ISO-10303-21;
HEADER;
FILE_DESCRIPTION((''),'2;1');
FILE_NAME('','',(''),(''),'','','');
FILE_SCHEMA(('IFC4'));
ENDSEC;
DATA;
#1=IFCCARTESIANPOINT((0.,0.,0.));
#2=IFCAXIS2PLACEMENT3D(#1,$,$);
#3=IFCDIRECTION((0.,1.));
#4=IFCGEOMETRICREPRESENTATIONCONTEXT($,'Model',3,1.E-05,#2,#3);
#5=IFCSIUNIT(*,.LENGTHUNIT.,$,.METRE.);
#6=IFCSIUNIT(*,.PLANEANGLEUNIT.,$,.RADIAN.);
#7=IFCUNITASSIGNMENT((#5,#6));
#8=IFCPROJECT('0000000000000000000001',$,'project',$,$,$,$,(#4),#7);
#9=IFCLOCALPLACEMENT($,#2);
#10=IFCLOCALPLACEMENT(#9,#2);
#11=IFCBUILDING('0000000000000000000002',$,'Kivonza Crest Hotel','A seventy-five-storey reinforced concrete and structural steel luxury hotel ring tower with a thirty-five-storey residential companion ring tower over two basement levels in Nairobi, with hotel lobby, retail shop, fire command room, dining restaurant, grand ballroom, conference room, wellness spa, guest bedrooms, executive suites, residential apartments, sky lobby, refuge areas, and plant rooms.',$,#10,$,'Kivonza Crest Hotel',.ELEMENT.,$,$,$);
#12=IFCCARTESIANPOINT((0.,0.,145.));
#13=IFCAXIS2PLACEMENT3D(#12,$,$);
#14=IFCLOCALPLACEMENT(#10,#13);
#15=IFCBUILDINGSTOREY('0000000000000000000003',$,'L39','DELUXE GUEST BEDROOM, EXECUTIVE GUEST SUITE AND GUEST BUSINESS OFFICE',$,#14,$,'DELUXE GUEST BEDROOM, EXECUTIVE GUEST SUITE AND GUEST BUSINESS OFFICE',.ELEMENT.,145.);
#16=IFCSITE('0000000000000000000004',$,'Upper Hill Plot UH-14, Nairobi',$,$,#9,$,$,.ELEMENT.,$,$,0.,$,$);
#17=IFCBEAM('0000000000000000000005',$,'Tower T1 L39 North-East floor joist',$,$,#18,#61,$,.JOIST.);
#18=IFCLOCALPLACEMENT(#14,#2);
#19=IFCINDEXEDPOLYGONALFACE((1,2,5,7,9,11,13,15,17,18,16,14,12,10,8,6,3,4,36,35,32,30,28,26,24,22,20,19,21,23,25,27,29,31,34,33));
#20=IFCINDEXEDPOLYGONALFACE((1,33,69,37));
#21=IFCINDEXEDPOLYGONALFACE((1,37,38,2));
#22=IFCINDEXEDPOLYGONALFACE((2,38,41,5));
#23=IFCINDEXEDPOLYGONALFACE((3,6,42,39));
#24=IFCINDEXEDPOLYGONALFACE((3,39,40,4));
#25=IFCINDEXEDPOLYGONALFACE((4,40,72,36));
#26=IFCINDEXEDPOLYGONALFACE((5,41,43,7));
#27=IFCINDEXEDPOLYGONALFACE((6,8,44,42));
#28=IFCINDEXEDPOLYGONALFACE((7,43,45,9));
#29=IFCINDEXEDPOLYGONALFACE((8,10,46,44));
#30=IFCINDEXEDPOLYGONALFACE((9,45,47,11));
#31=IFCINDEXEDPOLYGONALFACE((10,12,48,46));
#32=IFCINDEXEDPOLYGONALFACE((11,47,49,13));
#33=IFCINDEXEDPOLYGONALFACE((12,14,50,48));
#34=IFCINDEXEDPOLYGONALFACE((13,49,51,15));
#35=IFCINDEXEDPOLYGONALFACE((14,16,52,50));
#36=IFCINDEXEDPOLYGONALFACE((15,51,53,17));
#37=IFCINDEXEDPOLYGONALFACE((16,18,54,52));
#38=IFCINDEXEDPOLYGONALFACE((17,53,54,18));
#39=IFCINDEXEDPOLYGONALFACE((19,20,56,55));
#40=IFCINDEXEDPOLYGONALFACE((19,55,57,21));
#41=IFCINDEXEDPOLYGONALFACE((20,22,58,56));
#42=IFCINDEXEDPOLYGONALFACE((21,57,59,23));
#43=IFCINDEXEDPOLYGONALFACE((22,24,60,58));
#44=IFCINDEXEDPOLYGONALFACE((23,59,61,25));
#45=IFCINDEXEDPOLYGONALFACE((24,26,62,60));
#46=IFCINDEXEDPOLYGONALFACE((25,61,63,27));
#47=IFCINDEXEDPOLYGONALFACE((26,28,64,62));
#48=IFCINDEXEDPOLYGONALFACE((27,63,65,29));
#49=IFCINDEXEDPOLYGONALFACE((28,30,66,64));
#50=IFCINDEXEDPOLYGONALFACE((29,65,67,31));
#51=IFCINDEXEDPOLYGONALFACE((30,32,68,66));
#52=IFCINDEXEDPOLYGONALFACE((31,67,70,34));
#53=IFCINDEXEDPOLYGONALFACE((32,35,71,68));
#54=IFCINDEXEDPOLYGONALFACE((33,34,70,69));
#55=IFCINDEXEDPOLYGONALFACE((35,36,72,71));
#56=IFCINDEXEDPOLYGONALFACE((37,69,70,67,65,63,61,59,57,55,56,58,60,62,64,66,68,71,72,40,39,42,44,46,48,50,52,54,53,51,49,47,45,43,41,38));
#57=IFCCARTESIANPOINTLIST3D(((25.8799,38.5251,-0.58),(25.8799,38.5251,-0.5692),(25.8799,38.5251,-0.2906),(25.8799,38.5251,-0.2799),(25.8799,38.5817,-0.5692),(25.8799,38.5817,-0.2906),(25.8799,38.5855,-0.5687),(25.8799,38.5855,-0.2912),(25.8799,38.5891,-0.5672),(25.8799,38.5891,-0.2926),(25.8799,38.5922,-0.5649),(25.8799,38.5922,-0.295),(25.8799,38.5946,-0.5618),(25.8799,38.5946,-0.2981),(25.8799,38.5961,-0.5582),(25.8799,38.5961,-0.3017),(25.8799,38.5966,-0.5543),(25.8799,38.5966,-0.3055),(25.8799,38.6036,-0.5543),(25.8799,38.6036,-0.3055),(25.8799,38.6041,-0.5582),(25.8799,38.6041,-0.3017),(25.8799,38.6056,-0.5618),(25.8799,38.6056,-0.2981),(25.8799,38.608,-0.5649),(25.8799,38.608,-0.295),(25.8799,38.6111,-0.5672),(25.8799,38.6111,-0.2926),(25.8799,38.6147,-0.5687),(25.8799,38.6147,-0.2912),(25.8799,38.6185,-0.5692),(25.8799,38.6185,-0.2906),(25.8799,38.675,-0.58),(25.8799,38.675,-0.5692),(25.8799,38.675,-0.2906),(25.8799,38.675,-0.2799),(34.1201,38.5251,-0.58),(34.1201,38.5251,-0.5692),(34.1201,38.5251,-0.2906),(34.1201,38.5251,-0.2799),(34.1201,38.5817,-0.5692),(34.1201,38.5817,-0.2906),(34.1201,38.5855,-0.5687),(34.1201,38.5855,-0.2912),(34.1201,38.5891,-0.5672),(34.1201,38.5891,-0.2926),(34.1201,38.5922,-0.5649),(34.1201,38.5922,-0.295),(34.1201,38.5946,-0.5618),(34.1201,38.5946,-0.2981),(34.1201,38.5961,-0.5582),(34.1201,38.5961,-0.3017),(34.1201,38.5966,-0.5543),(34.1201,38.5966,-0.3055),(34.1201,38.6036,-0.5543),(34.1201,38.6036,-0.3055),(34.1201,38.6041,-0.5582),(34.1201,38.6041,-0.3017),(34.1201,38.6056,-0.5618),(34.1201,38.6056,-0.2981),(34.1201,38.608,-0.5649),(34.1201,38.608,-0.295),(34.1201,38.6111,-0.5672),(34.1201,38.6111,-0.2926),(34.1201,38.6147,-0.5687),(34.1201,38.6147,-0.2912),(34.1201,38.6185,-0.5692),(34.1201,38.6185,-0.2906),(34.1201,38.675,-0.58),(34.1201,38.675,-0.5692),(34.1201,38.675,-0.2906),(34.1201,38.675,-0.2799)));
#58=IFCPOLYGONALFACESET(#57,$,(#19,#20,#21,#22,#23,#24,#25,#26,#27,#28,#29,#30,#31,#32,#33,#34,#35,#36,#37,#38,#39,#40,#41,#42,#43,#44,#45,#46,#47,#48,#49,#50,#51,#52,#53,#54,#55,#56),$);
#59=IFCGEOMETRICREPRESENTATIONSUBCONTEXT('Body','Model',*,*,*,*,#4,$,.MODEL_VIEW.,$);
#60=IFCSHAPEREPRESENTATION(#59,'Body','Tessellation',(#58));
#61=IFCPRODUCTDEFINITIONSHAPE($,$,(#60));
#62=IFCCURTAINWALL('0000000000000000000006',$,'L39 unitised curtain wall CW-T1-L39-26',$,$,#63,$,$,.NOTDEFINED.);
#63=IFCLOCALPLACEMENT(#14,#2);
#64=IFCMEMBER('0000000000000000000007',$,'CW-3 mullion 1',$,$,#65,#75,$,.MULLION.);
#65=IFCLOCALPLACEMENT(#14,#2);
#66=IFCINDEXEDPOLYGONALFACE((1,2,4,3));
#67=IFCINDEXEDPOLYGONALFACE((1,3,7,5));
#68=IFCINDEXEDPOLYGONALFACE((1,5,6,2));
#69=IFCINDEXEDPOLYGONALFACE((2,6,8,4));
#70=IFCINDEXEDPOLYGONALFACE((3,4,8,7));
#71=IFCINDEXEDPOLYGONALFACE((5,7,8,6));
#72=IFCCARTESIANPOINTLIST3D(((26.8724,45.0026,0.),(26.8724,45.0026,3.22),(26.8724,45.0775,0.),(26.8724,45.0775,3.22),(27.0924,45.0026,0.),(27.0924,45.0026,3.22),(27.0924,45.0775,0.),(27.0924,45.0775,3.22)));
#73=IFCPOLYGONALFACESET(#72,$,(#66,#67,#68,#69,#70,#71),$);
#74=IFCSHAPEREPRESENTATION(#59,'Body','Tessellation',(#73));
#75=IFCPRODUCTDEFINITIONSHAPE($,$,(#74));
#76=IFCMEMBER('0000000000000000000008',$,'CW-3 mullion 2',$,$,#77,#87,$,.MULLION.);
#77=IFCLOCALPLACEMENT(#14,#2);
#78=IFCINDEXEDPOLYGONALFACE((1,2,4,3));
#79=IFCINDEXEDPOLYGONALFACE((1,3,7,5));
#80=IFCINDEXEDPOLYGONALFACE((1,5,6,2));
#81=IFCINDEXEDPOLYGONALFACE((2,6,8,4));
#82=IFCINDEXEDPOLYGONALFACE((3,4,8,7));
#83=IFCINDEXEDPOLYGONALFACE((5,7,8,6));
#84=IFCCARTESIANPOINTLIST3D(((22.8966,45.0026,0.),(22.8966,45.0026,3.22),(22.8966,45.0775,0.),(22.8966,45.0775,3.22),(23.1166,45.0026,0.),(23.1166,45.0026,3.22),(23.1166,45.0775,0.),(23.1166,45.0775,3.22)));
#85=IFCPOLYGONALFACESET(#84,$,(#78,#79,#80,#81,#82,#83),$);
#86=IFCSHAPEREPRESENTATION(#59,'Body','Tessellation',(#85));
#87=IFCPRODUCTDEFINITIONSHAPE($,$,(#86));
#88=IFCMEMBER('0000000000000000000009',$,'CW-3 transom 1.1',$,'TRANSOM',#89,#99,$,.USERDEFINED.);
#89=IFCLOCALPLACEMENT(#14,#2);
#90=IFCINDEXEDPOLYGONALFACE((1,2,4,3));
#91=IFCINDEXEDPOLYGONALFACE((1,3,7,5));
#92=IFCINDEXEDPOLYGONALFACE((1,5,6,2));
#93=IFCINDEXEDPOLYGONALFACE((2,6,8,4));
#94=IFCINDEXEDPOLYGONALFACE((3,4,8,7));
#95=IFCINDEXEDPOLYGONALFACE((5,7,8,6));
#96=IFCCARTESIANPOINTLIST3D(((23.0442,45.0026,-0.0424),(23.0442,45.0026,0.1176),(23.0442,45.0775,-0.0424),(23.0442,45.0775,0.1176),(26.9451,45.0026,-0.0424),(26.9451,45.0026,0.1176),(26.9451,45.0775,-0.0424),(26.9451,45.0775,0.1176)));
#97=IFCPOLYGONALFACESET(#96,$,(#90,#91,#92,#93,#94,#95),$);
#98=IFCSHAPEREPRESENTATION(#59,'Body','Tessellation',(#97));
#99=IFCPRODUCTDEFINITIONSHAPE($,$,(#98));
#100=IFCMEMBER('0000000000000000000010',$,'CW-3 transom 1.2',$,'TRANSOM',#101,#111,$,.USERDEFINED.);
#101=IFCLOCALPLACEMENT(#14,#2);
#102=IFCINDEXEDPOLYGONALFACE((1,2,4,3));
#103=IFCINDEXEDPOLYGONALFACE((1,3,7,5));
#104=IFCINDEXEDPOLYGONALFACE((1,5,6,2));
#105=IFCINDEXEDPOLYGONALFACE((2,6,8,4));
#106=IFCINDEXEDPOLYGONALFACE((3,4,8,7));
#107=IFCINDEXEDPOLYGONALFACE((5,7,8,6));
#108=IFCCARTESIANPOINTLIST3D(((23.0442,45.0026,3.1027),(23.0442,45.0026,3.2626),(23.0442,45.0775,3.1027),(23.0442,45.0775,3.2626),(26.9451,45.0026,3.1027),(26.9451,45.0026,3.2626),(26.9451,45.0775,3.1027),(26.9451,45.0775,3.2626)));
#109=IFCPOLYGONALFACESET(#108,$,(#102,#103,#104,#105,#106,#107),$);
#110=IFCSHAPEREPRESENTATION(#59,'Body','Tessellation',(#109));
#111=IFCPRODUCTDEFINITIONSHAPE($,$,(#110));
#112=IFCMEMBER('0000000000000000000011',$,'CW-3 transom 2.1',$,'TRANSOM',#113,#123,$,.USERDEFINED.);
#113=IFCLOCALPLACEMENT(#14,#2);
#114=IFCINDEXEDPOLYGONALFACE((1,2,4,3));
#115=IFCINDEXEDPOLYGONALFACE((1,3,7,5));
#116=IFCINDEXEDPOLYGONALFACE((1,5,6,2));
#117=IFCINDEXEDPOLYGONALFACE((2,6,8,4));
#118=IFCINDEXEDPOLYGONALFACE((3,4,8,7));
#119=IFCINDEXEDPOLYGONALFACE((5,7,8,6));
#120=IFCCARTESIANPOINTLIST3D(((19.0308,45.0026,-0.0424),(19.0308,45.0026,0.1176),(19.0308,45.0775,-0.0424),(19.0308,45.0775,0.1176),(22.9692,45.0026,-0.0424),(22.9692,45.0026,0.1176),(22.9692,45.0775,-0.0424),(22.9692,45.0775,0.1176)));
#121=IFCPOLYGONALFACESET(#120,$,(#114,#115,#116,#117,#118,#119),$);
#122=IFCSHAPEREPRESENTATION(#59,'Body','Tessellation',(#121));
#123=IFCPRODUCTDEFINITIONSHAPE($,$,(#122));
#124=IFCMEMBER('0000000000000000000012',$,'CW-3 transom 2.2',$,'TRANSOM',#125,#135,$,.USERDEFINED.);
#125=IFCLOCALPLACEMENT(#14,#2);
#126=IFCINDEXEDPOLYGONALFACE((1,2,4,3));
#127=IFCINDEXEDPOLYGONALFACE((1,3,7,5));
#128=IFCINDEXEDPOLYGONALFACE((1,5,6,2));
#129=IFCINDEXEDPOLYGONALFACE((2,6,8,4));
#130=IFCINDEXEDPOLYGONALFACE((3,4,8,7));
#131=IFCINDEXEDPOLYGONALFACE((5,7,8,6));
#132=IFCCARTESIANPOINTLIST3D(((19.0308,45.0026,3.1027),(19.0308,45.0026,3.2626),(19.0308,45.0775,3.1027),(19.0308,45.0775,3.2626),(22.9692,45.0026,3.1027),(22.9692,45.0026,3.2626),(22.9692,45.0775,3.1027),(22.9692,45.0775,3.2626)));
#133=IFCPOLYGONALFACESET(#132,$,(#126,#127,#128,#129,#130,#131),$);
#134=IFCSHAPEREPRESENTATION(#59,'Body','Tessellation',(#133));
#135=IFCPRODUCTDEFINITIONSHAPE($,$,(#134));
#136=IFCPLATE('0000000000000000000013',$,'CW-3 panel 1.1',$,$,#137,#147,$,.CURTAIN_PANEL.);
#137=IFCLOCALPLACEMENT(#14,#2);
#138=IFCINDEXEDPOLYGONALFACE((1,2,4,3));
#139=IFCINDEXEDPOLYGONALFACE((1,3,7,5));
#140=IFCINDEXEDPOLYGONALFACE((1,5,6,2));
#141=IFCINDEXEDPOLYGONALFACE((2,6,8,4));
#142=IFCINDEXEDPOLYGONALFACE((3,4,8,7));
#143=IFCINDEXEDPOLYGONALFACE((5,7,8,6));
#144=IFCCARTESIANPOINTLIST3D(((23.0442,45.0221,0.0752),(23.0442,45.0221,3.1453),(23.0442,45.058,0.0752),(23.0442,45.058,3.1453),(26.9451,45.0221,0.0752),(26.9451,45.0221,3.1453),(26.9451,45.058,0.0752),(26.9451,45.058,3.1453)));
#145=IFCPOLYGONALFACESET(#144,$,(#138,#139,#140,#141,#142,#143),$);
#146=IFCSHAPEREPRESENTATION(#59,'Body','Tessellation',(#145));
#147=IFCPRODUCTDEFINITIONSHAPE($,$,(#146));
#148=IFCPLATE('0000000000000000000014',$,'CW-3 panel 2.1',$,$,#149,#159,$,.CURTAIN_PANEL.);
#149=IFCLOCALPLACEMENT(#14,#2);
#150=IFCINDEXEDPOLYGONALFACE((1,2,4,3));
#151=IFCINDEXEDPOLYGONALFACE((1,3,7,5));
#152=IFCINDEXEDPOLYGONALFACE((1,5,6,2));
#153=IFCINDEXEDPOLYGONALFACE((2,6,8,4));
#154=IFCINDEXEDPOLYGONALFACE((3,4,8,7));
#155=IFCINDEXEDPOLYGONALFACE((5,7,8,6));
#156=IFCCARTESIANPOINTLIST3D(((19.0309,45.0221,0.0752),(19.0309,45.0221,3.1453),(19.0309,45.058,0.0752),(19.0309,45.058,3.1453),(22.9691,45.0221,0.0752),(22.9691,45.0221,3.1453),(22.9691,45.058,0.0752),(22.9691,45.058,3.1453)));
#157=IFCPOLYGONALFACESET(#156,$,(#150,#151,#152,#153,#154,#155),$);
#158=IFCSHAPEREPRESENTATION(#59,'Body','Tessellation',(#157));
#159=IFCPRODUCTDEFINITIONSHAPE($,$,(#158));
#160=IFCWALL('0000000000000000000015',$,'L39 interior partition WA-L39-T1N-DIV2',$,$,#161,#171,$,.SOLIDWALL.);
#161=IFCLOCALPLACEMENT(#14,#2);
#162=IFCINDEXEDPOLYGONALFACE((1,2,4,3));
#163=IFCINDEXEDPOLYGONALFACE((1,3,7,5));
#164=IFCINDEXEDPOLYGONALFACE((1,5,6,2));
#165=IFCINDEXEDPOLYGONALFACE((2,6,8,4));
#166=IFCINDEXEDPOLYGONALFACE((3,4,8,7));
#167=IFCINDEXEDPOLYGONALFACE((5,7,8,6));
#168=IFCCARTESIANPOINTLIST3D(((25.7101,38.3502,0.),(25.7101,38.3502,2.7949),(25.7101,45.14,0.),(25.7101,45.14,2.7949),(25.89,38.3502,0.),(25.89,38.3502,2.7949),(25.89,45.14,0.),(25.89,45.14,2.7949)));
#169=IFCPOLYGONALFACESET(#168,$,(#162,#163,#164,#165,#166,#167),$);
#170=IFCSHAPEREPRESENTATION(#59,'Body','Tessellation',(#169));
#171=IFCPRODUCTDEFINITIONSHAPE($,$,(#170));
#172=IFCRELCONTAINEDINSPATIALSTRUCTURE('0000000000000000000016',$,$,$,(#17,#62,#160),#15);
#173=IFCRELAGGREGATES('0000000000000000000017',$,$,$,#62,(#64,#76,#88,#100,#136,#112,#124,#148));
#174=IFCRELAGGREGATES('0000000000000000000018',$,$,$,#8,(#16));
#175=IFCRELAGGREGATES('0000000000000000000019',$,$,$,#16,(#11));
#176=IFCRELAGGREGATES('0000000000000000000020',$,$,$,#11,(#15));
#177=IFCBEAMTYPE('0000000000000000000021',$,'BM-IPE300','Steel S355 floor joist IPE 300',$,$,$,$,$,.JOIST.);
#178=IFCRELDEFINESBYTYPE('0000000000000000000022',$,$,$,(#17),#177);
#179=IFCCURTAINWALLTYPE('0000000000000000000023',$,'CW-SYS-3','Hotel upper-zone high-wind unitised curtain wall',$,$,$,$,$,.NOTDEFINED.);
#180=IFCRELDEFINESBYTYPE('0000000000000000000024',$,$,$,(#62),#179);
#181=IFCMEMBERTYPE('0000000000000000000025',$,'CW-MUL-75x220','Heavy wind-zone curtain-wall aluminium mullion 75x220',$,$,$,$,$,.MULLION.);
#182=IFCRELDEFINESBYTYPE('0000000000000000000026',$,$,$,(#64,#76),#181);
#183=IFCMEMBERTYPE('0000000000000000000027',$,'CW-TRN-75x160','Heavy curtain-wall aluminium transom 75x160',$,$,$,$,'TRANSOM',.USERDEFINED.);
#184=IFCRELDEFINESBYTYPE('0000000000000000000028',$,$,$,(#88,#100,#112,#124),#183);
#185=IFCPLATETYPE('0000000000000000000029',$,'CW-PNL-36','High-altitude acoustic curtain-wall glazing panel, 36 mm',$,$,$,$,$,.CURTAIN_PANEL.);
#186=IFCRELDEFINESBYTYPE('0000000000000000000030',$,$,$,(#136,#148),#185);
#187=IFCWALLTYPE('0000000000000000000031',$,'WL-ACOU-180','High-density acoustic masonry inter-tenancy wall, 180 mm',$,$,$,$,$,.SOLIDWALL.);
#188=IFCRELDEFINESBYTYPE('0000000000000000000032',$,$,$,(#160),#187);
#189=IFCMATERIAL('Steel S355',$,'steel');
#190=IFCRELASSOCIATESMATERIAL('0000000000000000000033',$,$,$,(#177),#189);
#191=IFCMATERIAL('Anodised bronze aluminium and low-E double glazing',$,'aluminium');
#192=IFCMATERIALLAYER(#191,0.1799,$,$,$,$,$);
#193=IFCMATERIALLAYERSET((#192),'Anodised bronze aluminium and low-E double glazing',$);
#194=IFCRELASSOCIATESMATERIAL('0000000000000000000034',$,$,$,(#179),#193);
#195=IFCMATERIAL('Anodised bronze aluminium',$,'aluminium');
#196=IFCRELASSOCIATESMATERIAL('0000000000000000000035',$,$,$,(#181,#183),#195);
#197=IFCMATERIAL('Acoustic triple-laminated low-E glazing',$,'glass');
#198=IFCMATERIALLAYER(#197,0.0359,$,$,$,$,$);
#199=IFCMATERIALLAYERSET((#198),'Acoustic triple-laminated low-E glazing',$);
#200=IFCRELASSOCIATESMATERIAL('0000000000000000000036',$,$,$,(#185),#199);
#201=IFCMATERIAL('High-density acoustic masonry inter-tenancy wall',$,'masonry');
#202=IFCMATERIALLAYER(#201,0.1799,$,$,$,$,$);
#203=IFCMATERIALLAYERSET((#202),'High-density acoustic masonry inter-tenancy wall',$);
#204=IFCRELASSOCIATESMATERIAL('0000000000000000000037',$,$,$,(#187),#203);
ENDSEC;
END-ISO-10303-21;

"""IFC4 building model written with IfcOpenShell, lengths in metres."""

from ifc_helpers import new_model, si_unit, direction, frame, frame_2d, origin, origin_2d, place, context, subcontext, project, spatial, rectangle, i_section, extrude, material, layer, layer_set, material_profile, profile_set, type_object, element, aggregate, save


model = new_model("IFC4")

# Units and contexts
model_context = context("Model", 3, precision=1e-05, world=origin(), true_north=direction((0.0, 1.0)))
body_context = subcontext(model_context, "Body", "Model", "MODEL_VIEW")
ifc_project = project(units=[si_unit("LENGTHUNIT", "METRE"), si_unit("PLANEANGLEUNIT", "RADIAN")], contexts=[model_context])

# Site, building, storey
site_placement = place(None, origin())
site = spatial("IfcSite", under=ifc_project, at=site_placement, Name="Upper Hill Plot UH-14, Nairobi", CompositionType="ELEMENT", RefElevation=0.0)
building_placement = place(site_placement, origin())
building = spatial("IfcBuilding", under=site, at=building_placement, Name="Kivonza Crest Hotel", Description="A seventy-five-storey reinforced concrete and structural steel luxury hotel ring tower with a thirty-five-storey residential companion ring tower over two basement levels in Nairobi, with hotel lobby, retail shop, fire command room, dining restaurant, grand ballroom, conference room, wellness spa, guest bedrooms, executive suites, residential apartments, sky lobby, refuge areas, and plant rooms.", LongName="Kivonza Crest Hotel", CompositionType="ELEMENT")
storey_placement = place(building_placement, frame((0.0, 0.0, 145.0)))
storey = spatial("IfcBuildingStorey", under=building, at=storey_placement, Name="L39", Description="DELUXE GUEST BEDROOM, EXECUTIVE GUEST SUITE AND GUEST BUSINESS OFFICE", LongName="DELUXE GUEST BEDROOM, EXECUTIVE GUEST SUITE AND GUEST BUSINESS OFFICE", CompositionType="ELEMENT", Elevation=145.0)

# Beam
ifc_material_1 = material(Name="Steel S355", Category="steel")
ifc_material_profile_1 = material_profile(ifc_material_1, i_section(OverallWidth=0.1499, OverallDepth=0.3, WebThickness=0.0071, FlangeThickness=0.0107, FilletRadius=0.0149, at=origin_2d()), Name="IPE 300")
ifc_profile_set_1 = profile_set([ifc_material_profile_1], Name="Steel S355")
beam_type_1 = type_object("IfcBeamType", Name="BM-IPE300", Description="Steel S355 floor joist IPE 300", PredefinedType="JOIST", material=ifc_profile_set_1)
beam_1_placement = place(storey_placement, frame((25.8799, 38.6001, -0.4299), z_axis=(1.0, 0.0, 0.0), x_axis=(0.0, 1.0, 0.0)))
element("IfcBeam", 1, at=beam_1_placement, inside=storey, type_object=beam_type_1, Name="Tower T1 L39 North-East floor joist", PredefinedType="JOIST", context=body_context, shape_type="SweptSolid", body=[
    extrude(i_section(OverallWidth=0.1499, OverallDepth=0.3, WebThickness=0.0071, FlangeThickness=0.0107, FilletRadius=0.0149, at=origin_2d()), origin(), (0.0, 0.0, 1.0), 8.2402),
])

# Curtain wall, members, plates
ifc_material_2 = material(Name="Anodised bronze aluminium and low-E double glazing", Category="aluminium")
ifc_layer_1 = layer(ifc_material_2, 0.1799)
ifc_layer_set_1 = layer_set([ifc_layer_1], Name="Anodised bronze aluminium and low-E double glazing")
curtain_wall_type = type_object("IfcCurtainWallType", Name="CW-SYS-3", Description="Hotel upper-zone high-wind unitised curtain wall", PredefinedType="NOTDEFINED", material=ifc_layer_set_1)
curtain_wall_placement = place(storey_placement, origin())
curtain_wall = element("IfcCurtainWall", 2, at=curtain_wall_placement, inside=storey, type_object=curtain_wall_type, Name="L39 unitised curtain wall CW-T1-L39-26", PredefinedType="NOTDEFINED")
ifc_material_3 = material(Name="Anodised bronze aluminium", Category="aluminium")
ifc_material_profile_2 = material_profile(ifc_material_3, rectangle(XDim=0.075, YDim=0.22, at=origin_2d()), Name="CW-M 75x220")
ifc_profile_set_2 = profile_set([ifc_material_profile_2], Name="Anodised bronze aluminium")
member_type_1 = type_object("IfcMemberType", Name="CW-MUL-75x220", Description="Heavy wind-zone curtain-wall aluminium mullion 75x220", PredefinedType="MULLION", material=ifc_profile_set_2)
member_1_placement = place(storey_placement, frame((26.9824, 45.04, 0.0), z_axis=(0.0, 0.0, 1.0), x_axis=(0.0, -1.0, 0.0)))
member_1 = element("IfcMember", 3, at=member_1_placement, type_object=member_type_1, Name="CW-3 mullion 1", PredefinedType="MULLION", context=body_context, shape_type="SweptSolid", body=[
    extrude(rectangle(XDim=0.075, YDim=0.22, at=origin_2d()), origin(), (0.0, 0.0, 1.0), 3.22),
])
member_2_placement = place(storey_placement, frame((23.0066, 45.04, 0.0), z_axis=(0.0, 0.0, 1.0), x_axis=(0.0, -1.0, 0.0)))
member_2 = element("IfcMember", 4, at=member_2_placement, type_object=member_type_1, Name="CW-3 mullion 2", PredefinedType="MULLION", context=body_context, shape_type="SweptSolid", body=[
    extrude(rectangle(XDim=0.075, YDim=0.22, at=origin_2d()), origin(), (0.0, 0.0, 1.0), 3.22),
])
ifc_material_profile_3 = material_profile(ifc_material_3, rectangle(XDim=0.075, YDim=0.1599, at=origin_2d()), Name="CW-T 75x160")
ifc_profile_set_3 = profile_set([ifc_material_profile_3], Name="Anodised bronze aluminium")
member_type_2 = type_object("IfcMemberType", Name="CW-TRN-75x160", Description="Heavy curtain-wall aluminium transom 75x160", ElementType="TRANSOM", PredefinedType="USERDEFINED", material=ifc_profile_set_3)
member_3_placement = place(storey_placement, frame((26.9451, 45.04, 0.0376), z_axis=(-1.0, 0.0, 0.0), x_axis=(0.0, -1.0, 0.0)))
member_3 = element("IfcMember", 5, at=member_3_placement, type_object=member_type_2, Name="CW-3 transom 1.1", ObjectType="TRANSOM", PredefinedType="USERDEFINED", context=body_context, shape_type="SweptSolid", body=[
    extrude(rectangle(XDim=0.075, YDim=0.1599, at=origin_2d()), origin(), (0.0, 0.0, 1.0), 3.9009),
])
member_4_placement = place(storey_placement, frame((26.9451, 45.04, 3.1826), z_axis=(-1.0, 0.0, 0.0), x_axis=(0.0, -1.0, 0.0)))
member_4 = element("IfcMember", 6, at=member_4_placement, type_object=member_type_2, Name="CW-3 transom 1.2", ObjectType="TRANSOM", PredefinedType="USERDEFINED", context=body_context, shape_type="SweptSolid", body=[
    extrude(rectangle(XDim=0.075, YDim=0.1599, at=origin_2d()), origin(), (0.0, 0.0, 1.0), 3.9009),
])
member_5_placement = place(storey_placement, frame((22.9692, 45.04, 0.0376), z_axis=(-1.0, 0.0, 0.0), x_axis=(0.0, -1.0, 0.0)))
member_5 = element("IfcMember", 7, at=member_5_placement, type_object=member_type_2, Name="CW-3 transom 2.1", ObjectType="TRANSOM", PredefinedType="USERDEFINED", context=body_context, shape_type="SweptSolid", body=[
    extrude(rectangle(XDim=0.075, YDim=0.1599, at=origin_2d()), origin(), (0.0, 0.0, 1.0), 3.9385),
])
member_6_placement = place(storey_placement, frame((22.9692, 45.04, 3.1826), z_axis=(-1.0, 0.0, 0.0), x_axis=(0.0, -1.0, 0.0)))
member_6 = element("IfcMember", 8, at=member_6_placement, type_object=member_type_2, Name="CW-3 transom 2.2", ObjectType="TRANSOM", PredefinedType="USERDEFINED", context=body_context, shape_type="SweptSolid", body=[
    extrude(rectangle(XDim=0.075, YDim=0.1599, at=origin_2d()), origin(), (0.0, 0.0, 1.0), 3.9385),
])
ifc_material_4 = material(Name="Acoustic triple-laminated low-E glazing", Category="glass")
ifc_layer_2 = layer(ifc_material_4, 0.0359)
ifc_layer_set_2 = layer_set([ifc_layer_2], Name="Acoustic triple-laminated low-E glazing")
plate_type = type_object("IfcPlateType", Name="CW-PNL-36", Description="High-altitude acoustic curtain-wall glazing panel, 36 mm", PredefinedType="CURTAIN_PANEL", material=ifc_layer_set_2)
plate_1_placement = place(storey_placement, frame((24.9946, 45.04, 0.0752), z_axis=(0.0, 0.0, 1.0), x_axis=(-1.0, 0.0, 0.0)))
plate_1 = element("IfcPlate", 9, at=plate_1_placement, type_object=plate_type, Name="CW-3 panel 1.1", PredefinedType="CURTAIN_PANEL", context=body_context, shape_type="SweptSolid", body=[
    extrude(rectangle(XDim=3.9009, YDim=0.0359, at=origin_2d()), origin(), (0.0, 0.0, 1.0), 3.0701),
])
plate_2_placement = place(storey_placement, frame((21.0, 45.04, 0.0752), z_axis=(0.0, 0.0, 1.0), x_axis=(-1.0, 0.0, 0.0)))
plate_2 = element("IfcPlate", 10, at=plate_2_placement, type_object=plate_type, Name="CW-3 panel 2.1", PredefinedType="CURTAIN_PANEL", context=body_context, shape_type="SweptSolid", body=[
    extrude(rectangle(XDim=3.9382, YDim=0.0359, at=origin_2d()), origin(), (0.0, 0.0, 1.0), 3.0701),
])
aggregate(curtain_wall, [member_1, member_2, member_3, member_4, plate_1, member_5, member_6, plate_2])

# Wall
ifc_material_5 = material(Name="High-density acoustic masonry inter-tenancy wall", Category="masonry")
ifc_layer_3 = layer(ifc_material_5, 0.1799)
ifc_layer_set_3 = layer_set([ifc_layer_3], Name="High-density acoustic masonry inter-tenancy wall")
wall_type_1 = type_object("IfcWallType", Name="WL-ACOU-180", Description="High-density acoustic masonry inter-tenancy wall, 180 mm", PredefinedType="SOLIDWALL", material=ifc_layer_set_3)
wall_1_placement = place(storey_placement, frame((25.8, 38.3501, 0.0), z_axis=(0.0, 0.0, 1.0), x_axis=(0.0, 1.0, 0.0)))
element("IfcWall", 11, at=wall_1_placement, inside=storey, type_object=wall_type_1, Name="L39 interior partition WA-L39-T1N-DIV2", PredefinedType="SOLIDWALL", context=body_context, shape_type="SweptSolid", body=[
    extrude(rectangle(XDim=6.7898, YDim=0.1799, at=frame_2d((3.395, 0.0))), origin(), (0.0, 0.0, 1.0), 2.7949),
])

save(model, "model.ifc")
